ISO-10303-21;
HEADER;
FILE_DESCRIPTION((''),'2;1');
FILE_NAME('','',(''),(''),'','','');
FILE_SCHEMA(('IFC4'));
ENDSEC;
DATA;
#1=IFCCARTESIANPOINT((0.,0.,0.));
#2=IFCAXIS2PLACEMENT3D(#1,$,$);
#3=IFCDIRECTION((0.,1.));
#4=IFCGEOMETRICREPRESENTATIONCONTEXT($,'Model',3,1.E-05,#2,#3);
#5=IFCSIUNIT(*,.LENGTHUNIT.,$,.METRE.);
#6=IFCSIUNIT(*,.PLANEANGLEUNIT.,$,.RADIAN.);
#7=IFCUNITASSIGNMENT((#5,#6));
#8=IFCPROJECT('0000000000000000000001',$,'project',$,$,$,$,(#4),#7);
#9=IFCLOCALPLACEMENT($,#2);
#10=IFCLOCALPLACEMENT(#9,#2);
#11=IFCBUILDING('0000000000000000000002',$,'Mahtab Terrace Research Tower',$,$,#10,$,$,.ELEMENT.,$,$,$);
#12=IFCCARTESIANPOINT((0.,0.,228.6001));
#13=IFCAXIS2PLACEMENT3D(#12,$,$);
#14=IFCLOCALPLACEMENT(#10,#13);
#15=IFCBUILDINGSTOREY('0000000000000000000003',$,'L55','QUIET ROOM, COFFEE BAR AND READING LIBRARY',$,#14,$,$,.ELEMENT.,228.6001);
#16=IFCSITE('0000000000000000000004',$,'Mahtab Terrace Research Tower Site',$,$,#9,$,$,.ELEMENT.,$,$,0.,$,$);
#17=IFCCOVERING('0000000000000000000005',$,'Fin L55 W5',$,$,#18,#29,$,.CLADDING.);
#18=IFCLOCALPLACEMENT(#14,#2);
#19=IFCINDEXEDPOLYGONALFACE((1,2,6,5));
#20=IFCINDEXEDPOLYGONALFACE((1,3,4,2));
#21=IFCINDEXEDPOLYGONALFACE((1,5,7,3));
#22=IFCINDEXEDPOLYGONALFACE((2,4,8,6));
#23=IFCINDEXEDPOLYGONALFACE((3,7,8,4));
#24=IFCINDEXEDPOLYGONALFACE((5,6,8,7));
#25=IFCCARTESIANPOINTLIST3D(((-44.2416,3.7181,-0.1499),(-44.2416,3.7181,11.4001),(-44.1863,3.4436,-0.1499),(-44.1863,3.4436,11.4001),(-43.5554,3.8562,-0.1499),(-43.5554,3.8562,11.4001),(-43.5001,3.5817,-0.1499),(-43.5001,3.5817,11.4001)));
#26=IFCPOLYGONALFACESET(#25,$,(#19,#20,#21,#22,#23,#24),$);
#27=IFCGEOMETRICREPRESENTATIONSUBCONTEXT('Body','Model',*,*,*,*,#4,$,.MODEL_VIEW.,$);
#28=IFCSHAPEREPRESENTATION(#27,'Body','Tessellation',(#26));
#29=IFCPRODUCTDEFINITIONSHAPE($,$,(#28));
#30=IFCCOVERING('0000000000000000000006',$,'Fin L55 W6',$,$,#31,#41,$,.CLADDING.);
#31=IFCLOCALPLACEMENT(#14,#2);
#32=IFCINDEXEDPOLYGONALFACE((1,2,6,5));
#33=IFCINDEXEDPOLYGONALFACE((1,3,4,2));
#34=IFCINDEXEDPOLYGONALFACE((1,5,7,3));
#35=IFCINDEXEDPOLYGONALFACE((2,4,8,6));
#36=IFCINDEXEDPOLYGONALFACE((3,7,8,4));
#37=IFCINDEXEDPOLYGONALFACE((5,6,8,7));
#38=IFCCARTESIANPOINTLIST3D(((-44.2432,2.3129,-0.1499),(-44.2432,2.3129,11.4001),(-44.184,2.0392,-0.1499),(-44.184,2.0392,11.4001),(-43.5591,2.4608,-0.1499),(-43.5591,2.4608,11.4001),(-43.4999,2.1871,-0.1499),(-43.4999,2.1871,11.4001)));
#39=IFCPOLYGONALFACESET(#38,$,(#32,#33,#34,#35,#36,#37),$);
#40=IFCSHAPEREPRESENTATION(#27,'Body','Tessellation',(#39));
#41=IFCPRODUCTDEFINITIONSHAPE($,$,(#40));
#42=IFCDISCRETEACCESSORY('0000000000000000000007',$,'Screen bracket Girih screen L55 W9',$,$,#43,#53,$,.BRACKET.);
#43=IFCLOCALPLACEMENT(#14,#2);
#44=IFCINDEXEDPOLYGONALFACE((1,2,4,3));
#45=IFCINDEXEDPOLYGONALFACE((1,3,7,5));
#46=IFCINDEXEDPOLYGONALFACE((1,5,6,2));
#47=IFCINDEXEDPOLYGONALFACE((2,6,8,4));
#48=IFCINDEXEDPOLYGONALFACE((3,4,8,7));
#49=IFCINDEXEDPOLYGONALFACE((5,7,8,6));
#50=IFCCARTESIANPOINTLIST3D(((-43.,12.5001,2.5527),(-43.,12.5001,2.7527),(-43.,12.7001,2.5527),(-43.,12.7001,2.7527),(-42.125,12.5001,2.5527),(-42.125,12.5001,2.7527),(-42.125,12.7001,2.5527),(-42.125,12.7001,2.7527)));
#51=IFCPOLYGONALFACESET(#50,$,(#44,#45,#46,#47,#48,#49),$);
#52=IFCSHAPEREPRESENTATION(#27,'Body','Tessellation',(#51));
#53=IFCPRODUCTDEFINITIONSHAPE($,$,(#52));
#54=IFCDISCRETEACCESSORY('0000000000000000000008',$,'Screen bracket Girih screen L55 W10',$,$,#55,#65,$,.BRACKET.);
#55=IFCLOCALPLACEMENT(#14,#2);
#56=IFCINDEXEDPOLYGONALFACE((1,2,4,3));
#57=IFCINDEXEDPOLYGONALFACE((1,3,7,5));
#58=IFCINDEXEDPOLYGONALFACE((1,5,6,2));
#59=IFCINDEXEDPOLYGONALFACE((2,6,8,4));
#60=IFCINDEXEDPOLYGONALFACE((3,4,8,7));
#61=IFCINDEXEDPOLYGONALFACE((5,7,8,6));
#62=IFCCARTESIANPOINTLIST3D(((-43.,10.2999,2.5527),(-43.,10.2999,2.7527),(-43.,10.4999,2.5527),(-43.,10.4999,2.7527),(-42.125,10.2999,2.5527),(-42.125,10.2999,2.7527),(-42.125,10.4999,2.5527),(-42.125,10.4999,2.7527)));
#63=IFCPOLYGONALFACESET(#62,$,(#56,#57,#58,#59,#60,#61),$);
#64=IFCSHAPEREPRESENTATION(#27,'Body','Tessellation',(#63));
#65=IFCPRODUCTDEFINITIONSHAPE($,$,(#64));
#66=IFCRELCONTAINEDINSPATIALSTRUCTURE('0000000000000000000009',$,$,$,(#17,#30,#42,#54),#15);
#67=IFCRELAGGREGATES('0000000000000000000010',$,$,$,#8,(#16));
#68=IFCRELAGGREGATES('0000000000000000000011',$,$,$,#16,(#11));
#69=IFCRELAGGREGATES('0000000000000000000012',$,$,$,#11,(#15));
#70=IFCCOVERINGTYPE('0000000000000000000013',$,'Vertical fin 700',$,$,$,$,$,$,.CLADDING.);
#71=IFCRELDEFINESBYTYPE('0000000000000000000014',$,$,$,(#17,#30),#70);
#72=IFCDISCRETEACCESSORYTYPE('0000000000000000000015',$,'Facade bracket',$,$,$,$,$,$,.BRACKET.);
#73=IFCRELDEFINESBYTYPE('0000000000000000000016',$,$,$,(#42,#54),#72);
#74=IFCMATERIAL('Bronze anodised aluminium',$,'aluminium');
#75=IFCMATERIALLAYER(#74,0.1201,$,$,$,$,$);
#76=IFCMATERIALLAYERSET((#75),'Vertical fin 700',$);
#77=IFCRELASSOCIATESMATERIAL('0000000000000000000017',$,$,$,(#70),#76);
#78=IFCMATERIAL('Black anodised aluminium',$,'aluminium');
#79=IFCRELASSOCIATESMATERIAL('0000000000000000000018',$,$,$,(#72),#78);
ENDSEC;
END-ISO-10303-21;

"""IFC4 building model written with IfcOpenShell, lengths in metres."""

from ifc_helpers import new_model, si_unit, direction, frame, origin, origin_2d, place, context, subcontext, project, spatial, rectangle, extrude, material, layer, layer_set, type_object, element, save


model = new_model("IFC4")

# Units and contexts
model_context = context("Model", 3, precision=1e-05, world=origin(), true_north=direction((0.0, 1.0)))
body_context = subcontext(model_context, "Body", "Model", "MODEL_VIEW")
ifc_project = project(units=[si_unit("LENGTHUNIT", "METRE"), si_unit("PLANEANGLEUNIT", "RADIAN")], contexts=[model_context])

# Site, building, storey
site_placement = place(None, origin())
site = spatial("IfcSite", under=ifc_project, at=site_placement, Name="Mahtab Terrace Research Tower Site", CompositionType="ELEMENT", RefElevation=0.0)
building_placement = place(site_placement, origin())
building = spatial("IfcBuilding", under=site, at=building_placement, Name="Mahtab Terrace Research Tower", CompositionType="ELEMENT")
storey_placement = place(building_placement, frame((0.0, 0.0, 228.6001)))
storey = spatial("IfcBuildingStorey", under=building, at=storey_placement, Name="L55", Description="QUIET ROOM, COFFEE BAR AND READING LIBRARY", CompositionType="ELEMENT", Elevation=228.6001)

# Shared definitions
ifc_material_1 = material(Name="Bronze anodised aluminium", Category="aluminium")

# Coverings
ifc_layer_1 = layer(ifc_material_1, 0.1201)
ifc_layer_set_1 = layer_set([ifc_layer_1], Name="Vertical fin 700")
covering_type_1 = type_object("IfcCoveringType", Name="Vertical fin 700", PredefinedType="CLADDING", material=ifc_layer_set_1)
for number, where, z_axis, x_axis, name in (
    (1, (-43.8708, 3.6499, -0.1499), (0.0, 0.0, 1.0), (0.197355, -0.980332, 0.0), "Fin L55 W5"),
    (2, (-43.8716, 2.25, -0.1499), (0.0, 0.0, 1.0), (0.211425, -0.977394, 0.0), "Fin L55 W6"),
):
    element("IfcCovering", number, at=place(storey_placement, frame(where, z_axis=z_axis, x_axis=x_axis)), inside=storey, type_object=covering_type_1, Name=name, PredefinedType="CLADDING", context=body_context, shape_type="SweptSolid", body=[
        extrude(rectangle(XDim=0.28, YDim=0.7, at=origin_2d()), origin(), (0.0, 0.0, 1.0), 11.55),
    ])

# Discrete accessories
ifc_material_2 = material(Name="Black anodised aluminium", Category="aluminium")
discrete_accessory_type = type_object("IfcDiscreteAccessoryType", Name="Facade bracket", PredefinedType="BRACKET", material=ifc_material_2)
for number, where, z_axis, x_axis, name in (
    (3, (-42.5625, 12.6001, 2.5527), (0.0, 0.0, 1.0), (0.0, -1.0, 0.0), "Screen bracket Girih screen L55 W9"),
    (4, (-42.5625, 10.3999, 2.5527), (0.0, 0.0, 1.0), (0.0, -1.0, 0.0), "Screen bracket Girih screen L55 W10"),
):
    element("IfcDiscreteAccessory", number, at=place(storey_placement, frame(where, z_axis=z_axis, x_axis=x_axis)), inside=storey, type_object=discrete_accessory_type, Name=name, PredefinedType="BRACKET", context=body_context, shape_type="SweptSolid", body=[
        extrude(rectangle(XDim=0.2, YDim=0.875, at=origin_2d()), origin(), (0.0, 0.0, 1.0), 0.2),
    ])

save(model, "model.ifc")
